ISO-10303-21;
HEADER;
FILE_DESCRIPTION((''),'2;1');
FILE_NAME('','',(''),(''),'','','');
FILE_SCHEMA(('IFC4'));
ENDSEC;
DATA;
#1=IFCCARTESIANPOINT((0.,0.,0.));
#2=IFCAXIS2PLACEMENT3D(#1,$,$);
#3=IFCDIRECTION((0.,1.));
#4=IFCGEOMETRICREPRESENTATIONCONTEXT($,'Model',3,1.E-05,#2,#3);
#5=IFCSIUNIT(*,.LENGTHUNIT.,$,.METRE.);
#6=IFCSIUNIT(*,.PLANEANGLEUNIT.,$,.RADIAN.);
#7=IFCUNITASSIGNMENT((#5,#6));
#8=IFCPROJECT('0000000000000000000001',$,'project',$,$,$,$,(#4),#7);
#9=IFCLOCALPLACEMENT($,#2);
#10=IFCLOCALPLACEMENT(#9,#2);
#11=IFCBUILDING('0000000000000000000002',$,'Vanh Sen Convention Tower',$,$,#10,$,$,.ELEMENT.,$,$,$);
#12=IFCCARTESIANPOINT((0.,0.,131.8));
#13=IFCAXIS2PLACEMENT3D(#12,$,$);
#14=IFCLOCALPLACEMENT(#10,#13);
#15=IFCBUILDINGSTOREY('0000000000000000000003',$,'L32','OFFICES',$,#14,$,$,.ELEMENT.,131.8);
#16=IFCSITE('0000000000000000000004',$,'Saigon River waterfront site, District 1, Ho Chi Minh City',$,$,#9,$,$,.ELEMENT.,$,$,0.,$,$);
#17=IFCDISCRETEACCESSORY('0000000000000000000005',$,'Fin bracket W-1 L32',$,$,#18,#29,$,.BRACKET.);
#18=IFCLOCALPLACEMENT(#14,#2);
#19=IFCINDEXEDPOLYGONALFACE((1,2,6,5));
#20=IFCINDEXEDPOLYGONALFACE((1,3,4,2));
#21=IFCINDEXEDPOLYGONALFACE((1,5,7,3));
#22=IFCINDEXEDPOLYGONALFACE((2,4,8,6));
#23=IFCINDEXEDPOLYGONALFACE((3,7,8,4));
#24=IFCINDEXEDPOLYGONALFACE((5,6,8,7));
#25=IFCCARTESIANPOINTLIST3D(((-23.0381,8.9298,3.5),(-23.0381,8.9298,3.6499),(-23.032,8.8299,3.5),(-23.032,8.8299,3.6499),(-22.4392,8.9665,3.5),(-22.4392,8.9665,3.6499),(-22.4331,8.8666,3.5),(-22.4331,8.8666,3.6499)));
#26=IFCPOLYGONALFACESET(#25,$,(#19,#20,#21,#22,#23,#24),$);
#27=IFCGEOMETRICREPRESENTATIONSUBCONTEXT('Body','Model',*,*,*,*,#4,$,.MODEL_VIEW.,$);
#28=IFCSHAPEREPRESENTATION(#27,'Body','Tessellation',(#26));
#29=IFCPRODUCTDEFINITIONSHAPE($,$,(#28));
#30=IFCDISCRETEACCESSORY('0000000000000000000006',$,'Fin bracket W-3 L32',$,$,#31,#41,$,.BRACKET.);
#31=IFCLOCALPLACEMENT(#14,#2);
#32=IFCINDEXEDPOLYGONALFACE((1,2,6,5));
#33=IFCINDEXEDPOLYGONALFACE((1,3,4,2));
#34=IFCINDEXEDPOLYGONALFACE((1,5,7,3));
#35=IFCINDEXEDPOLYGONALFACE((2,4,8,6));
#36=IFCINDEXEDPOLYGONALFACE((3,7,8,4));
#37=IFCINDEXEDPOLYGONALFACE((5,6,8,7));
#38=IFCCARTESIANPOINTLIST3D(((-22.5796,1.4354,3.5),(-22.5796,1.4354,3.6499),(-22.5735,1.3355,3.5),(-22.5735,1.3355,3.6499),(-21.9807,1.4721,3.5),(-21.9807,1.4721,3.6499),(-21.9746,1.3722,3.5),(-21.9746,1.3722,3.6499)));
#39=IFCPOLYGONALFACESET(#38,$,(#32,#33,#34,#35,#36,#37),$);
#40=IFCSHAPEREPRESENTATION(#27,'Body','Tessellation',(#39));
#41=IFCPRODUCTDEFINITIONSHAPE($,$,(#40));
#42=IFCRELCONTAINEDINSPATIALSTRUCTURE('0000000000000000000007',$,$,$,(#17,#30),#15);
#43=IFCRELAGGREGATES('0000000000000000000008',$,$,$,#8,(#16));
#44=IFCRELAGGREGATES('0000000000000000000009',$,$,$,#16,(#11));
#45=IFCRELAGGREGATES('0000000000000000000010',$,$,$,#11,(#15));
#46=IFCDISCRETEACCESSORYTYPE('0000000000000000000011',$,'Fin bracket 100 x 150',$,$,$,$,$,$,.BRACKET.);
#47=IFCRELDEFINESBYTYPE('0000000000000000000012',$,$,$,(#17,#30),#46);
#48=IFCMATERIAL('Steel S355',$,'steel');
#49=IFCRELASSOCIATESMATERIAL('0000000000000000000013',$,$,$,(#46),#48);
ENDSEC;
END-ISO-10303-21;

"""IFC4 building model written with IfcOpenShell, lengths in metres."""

from ifc_helpers import new_model, si_unit, direction, frame, origin, origin_2d, place, context, subcontext, project, spatial, rectangle, extrude, material, type_object, element, save


model = new_model("IFC4")

# Units and contexts
model_context = context("Model", 3, precision=1e-05, world=origin(), true_north=direction((0.0, 1.0)))
body_context = subcontext(model_context, "Body", "Model", "MODEL_VIEW")
ifc_project = project(units=[si_unit("LENGTHUNIT", "METRE"), si_unit("PLANEANGLEUNIT", "RADIAN")], contexts=[model_context])

# Site, building, storey
site_placement = place(None, origin())
site = spatial("IfcSite", under=ifc_project, at=site_placement, Name="Saigon River waterfront site, District 1, Ho Chi Minh City", CompositionType="ELEMENT", RefElevation=0.0)
building_placement = place(site_placement, origin())
building = spatial("IfcBuilding", under=site, at=building_placement, Name="Vanh Sen Convention Tower", CompositionType="ELEMENT")
storey_placement = place(building_placement, frame((0.0, 0.0, 131.8)))
storey = spatial("IfcBuildingStorey", under=building, at=storey_placement, Name="L32", Description="OFFICES", CompositionType="ELEMENT", Elevation=131.8)

# Discrete accessories
ifc_material_1 = material(Name="Steel S355", Category="steel")
discrete_accessory_type = type_object("IfcDiscreteAccessoryType", Name="Fin bracket 100 x 150", PredefinedType="BRACKET", material=ifc_material_1)
for number, where, z_axis, x_axis, name in (
    (1, (-22.7356, 8.8982, 3.5), (0.0, 0.0, 1.0), (-0.998135, -0.061049, 0.0), "Fin bracket W-1 L32"),
    (2, (-22.2771, 1.4038, 3.5), (0.0, 0.0, 1.0), (-0.998135, -0.061049, 0.0), "Fin bracket W-3 L32"),
):
    element("IfcDiscreteAccessory", number, at=place(storey_placement, frame(where, z_axis=z_axis, x_axis=x_axis)), inside=storey, type_object=discrete_accessory_type, Name=name, PredefinedType="BRACKET", context=body_context, shape_type="SweptSolid", body=[
        extrude(rectangle(XDim=0.6001, YDim=0.1001, at=origin_2d()), origin(), (0.0, 0.0, 1.0), 0.1499),
    ])

save(model, "model.ifc")
